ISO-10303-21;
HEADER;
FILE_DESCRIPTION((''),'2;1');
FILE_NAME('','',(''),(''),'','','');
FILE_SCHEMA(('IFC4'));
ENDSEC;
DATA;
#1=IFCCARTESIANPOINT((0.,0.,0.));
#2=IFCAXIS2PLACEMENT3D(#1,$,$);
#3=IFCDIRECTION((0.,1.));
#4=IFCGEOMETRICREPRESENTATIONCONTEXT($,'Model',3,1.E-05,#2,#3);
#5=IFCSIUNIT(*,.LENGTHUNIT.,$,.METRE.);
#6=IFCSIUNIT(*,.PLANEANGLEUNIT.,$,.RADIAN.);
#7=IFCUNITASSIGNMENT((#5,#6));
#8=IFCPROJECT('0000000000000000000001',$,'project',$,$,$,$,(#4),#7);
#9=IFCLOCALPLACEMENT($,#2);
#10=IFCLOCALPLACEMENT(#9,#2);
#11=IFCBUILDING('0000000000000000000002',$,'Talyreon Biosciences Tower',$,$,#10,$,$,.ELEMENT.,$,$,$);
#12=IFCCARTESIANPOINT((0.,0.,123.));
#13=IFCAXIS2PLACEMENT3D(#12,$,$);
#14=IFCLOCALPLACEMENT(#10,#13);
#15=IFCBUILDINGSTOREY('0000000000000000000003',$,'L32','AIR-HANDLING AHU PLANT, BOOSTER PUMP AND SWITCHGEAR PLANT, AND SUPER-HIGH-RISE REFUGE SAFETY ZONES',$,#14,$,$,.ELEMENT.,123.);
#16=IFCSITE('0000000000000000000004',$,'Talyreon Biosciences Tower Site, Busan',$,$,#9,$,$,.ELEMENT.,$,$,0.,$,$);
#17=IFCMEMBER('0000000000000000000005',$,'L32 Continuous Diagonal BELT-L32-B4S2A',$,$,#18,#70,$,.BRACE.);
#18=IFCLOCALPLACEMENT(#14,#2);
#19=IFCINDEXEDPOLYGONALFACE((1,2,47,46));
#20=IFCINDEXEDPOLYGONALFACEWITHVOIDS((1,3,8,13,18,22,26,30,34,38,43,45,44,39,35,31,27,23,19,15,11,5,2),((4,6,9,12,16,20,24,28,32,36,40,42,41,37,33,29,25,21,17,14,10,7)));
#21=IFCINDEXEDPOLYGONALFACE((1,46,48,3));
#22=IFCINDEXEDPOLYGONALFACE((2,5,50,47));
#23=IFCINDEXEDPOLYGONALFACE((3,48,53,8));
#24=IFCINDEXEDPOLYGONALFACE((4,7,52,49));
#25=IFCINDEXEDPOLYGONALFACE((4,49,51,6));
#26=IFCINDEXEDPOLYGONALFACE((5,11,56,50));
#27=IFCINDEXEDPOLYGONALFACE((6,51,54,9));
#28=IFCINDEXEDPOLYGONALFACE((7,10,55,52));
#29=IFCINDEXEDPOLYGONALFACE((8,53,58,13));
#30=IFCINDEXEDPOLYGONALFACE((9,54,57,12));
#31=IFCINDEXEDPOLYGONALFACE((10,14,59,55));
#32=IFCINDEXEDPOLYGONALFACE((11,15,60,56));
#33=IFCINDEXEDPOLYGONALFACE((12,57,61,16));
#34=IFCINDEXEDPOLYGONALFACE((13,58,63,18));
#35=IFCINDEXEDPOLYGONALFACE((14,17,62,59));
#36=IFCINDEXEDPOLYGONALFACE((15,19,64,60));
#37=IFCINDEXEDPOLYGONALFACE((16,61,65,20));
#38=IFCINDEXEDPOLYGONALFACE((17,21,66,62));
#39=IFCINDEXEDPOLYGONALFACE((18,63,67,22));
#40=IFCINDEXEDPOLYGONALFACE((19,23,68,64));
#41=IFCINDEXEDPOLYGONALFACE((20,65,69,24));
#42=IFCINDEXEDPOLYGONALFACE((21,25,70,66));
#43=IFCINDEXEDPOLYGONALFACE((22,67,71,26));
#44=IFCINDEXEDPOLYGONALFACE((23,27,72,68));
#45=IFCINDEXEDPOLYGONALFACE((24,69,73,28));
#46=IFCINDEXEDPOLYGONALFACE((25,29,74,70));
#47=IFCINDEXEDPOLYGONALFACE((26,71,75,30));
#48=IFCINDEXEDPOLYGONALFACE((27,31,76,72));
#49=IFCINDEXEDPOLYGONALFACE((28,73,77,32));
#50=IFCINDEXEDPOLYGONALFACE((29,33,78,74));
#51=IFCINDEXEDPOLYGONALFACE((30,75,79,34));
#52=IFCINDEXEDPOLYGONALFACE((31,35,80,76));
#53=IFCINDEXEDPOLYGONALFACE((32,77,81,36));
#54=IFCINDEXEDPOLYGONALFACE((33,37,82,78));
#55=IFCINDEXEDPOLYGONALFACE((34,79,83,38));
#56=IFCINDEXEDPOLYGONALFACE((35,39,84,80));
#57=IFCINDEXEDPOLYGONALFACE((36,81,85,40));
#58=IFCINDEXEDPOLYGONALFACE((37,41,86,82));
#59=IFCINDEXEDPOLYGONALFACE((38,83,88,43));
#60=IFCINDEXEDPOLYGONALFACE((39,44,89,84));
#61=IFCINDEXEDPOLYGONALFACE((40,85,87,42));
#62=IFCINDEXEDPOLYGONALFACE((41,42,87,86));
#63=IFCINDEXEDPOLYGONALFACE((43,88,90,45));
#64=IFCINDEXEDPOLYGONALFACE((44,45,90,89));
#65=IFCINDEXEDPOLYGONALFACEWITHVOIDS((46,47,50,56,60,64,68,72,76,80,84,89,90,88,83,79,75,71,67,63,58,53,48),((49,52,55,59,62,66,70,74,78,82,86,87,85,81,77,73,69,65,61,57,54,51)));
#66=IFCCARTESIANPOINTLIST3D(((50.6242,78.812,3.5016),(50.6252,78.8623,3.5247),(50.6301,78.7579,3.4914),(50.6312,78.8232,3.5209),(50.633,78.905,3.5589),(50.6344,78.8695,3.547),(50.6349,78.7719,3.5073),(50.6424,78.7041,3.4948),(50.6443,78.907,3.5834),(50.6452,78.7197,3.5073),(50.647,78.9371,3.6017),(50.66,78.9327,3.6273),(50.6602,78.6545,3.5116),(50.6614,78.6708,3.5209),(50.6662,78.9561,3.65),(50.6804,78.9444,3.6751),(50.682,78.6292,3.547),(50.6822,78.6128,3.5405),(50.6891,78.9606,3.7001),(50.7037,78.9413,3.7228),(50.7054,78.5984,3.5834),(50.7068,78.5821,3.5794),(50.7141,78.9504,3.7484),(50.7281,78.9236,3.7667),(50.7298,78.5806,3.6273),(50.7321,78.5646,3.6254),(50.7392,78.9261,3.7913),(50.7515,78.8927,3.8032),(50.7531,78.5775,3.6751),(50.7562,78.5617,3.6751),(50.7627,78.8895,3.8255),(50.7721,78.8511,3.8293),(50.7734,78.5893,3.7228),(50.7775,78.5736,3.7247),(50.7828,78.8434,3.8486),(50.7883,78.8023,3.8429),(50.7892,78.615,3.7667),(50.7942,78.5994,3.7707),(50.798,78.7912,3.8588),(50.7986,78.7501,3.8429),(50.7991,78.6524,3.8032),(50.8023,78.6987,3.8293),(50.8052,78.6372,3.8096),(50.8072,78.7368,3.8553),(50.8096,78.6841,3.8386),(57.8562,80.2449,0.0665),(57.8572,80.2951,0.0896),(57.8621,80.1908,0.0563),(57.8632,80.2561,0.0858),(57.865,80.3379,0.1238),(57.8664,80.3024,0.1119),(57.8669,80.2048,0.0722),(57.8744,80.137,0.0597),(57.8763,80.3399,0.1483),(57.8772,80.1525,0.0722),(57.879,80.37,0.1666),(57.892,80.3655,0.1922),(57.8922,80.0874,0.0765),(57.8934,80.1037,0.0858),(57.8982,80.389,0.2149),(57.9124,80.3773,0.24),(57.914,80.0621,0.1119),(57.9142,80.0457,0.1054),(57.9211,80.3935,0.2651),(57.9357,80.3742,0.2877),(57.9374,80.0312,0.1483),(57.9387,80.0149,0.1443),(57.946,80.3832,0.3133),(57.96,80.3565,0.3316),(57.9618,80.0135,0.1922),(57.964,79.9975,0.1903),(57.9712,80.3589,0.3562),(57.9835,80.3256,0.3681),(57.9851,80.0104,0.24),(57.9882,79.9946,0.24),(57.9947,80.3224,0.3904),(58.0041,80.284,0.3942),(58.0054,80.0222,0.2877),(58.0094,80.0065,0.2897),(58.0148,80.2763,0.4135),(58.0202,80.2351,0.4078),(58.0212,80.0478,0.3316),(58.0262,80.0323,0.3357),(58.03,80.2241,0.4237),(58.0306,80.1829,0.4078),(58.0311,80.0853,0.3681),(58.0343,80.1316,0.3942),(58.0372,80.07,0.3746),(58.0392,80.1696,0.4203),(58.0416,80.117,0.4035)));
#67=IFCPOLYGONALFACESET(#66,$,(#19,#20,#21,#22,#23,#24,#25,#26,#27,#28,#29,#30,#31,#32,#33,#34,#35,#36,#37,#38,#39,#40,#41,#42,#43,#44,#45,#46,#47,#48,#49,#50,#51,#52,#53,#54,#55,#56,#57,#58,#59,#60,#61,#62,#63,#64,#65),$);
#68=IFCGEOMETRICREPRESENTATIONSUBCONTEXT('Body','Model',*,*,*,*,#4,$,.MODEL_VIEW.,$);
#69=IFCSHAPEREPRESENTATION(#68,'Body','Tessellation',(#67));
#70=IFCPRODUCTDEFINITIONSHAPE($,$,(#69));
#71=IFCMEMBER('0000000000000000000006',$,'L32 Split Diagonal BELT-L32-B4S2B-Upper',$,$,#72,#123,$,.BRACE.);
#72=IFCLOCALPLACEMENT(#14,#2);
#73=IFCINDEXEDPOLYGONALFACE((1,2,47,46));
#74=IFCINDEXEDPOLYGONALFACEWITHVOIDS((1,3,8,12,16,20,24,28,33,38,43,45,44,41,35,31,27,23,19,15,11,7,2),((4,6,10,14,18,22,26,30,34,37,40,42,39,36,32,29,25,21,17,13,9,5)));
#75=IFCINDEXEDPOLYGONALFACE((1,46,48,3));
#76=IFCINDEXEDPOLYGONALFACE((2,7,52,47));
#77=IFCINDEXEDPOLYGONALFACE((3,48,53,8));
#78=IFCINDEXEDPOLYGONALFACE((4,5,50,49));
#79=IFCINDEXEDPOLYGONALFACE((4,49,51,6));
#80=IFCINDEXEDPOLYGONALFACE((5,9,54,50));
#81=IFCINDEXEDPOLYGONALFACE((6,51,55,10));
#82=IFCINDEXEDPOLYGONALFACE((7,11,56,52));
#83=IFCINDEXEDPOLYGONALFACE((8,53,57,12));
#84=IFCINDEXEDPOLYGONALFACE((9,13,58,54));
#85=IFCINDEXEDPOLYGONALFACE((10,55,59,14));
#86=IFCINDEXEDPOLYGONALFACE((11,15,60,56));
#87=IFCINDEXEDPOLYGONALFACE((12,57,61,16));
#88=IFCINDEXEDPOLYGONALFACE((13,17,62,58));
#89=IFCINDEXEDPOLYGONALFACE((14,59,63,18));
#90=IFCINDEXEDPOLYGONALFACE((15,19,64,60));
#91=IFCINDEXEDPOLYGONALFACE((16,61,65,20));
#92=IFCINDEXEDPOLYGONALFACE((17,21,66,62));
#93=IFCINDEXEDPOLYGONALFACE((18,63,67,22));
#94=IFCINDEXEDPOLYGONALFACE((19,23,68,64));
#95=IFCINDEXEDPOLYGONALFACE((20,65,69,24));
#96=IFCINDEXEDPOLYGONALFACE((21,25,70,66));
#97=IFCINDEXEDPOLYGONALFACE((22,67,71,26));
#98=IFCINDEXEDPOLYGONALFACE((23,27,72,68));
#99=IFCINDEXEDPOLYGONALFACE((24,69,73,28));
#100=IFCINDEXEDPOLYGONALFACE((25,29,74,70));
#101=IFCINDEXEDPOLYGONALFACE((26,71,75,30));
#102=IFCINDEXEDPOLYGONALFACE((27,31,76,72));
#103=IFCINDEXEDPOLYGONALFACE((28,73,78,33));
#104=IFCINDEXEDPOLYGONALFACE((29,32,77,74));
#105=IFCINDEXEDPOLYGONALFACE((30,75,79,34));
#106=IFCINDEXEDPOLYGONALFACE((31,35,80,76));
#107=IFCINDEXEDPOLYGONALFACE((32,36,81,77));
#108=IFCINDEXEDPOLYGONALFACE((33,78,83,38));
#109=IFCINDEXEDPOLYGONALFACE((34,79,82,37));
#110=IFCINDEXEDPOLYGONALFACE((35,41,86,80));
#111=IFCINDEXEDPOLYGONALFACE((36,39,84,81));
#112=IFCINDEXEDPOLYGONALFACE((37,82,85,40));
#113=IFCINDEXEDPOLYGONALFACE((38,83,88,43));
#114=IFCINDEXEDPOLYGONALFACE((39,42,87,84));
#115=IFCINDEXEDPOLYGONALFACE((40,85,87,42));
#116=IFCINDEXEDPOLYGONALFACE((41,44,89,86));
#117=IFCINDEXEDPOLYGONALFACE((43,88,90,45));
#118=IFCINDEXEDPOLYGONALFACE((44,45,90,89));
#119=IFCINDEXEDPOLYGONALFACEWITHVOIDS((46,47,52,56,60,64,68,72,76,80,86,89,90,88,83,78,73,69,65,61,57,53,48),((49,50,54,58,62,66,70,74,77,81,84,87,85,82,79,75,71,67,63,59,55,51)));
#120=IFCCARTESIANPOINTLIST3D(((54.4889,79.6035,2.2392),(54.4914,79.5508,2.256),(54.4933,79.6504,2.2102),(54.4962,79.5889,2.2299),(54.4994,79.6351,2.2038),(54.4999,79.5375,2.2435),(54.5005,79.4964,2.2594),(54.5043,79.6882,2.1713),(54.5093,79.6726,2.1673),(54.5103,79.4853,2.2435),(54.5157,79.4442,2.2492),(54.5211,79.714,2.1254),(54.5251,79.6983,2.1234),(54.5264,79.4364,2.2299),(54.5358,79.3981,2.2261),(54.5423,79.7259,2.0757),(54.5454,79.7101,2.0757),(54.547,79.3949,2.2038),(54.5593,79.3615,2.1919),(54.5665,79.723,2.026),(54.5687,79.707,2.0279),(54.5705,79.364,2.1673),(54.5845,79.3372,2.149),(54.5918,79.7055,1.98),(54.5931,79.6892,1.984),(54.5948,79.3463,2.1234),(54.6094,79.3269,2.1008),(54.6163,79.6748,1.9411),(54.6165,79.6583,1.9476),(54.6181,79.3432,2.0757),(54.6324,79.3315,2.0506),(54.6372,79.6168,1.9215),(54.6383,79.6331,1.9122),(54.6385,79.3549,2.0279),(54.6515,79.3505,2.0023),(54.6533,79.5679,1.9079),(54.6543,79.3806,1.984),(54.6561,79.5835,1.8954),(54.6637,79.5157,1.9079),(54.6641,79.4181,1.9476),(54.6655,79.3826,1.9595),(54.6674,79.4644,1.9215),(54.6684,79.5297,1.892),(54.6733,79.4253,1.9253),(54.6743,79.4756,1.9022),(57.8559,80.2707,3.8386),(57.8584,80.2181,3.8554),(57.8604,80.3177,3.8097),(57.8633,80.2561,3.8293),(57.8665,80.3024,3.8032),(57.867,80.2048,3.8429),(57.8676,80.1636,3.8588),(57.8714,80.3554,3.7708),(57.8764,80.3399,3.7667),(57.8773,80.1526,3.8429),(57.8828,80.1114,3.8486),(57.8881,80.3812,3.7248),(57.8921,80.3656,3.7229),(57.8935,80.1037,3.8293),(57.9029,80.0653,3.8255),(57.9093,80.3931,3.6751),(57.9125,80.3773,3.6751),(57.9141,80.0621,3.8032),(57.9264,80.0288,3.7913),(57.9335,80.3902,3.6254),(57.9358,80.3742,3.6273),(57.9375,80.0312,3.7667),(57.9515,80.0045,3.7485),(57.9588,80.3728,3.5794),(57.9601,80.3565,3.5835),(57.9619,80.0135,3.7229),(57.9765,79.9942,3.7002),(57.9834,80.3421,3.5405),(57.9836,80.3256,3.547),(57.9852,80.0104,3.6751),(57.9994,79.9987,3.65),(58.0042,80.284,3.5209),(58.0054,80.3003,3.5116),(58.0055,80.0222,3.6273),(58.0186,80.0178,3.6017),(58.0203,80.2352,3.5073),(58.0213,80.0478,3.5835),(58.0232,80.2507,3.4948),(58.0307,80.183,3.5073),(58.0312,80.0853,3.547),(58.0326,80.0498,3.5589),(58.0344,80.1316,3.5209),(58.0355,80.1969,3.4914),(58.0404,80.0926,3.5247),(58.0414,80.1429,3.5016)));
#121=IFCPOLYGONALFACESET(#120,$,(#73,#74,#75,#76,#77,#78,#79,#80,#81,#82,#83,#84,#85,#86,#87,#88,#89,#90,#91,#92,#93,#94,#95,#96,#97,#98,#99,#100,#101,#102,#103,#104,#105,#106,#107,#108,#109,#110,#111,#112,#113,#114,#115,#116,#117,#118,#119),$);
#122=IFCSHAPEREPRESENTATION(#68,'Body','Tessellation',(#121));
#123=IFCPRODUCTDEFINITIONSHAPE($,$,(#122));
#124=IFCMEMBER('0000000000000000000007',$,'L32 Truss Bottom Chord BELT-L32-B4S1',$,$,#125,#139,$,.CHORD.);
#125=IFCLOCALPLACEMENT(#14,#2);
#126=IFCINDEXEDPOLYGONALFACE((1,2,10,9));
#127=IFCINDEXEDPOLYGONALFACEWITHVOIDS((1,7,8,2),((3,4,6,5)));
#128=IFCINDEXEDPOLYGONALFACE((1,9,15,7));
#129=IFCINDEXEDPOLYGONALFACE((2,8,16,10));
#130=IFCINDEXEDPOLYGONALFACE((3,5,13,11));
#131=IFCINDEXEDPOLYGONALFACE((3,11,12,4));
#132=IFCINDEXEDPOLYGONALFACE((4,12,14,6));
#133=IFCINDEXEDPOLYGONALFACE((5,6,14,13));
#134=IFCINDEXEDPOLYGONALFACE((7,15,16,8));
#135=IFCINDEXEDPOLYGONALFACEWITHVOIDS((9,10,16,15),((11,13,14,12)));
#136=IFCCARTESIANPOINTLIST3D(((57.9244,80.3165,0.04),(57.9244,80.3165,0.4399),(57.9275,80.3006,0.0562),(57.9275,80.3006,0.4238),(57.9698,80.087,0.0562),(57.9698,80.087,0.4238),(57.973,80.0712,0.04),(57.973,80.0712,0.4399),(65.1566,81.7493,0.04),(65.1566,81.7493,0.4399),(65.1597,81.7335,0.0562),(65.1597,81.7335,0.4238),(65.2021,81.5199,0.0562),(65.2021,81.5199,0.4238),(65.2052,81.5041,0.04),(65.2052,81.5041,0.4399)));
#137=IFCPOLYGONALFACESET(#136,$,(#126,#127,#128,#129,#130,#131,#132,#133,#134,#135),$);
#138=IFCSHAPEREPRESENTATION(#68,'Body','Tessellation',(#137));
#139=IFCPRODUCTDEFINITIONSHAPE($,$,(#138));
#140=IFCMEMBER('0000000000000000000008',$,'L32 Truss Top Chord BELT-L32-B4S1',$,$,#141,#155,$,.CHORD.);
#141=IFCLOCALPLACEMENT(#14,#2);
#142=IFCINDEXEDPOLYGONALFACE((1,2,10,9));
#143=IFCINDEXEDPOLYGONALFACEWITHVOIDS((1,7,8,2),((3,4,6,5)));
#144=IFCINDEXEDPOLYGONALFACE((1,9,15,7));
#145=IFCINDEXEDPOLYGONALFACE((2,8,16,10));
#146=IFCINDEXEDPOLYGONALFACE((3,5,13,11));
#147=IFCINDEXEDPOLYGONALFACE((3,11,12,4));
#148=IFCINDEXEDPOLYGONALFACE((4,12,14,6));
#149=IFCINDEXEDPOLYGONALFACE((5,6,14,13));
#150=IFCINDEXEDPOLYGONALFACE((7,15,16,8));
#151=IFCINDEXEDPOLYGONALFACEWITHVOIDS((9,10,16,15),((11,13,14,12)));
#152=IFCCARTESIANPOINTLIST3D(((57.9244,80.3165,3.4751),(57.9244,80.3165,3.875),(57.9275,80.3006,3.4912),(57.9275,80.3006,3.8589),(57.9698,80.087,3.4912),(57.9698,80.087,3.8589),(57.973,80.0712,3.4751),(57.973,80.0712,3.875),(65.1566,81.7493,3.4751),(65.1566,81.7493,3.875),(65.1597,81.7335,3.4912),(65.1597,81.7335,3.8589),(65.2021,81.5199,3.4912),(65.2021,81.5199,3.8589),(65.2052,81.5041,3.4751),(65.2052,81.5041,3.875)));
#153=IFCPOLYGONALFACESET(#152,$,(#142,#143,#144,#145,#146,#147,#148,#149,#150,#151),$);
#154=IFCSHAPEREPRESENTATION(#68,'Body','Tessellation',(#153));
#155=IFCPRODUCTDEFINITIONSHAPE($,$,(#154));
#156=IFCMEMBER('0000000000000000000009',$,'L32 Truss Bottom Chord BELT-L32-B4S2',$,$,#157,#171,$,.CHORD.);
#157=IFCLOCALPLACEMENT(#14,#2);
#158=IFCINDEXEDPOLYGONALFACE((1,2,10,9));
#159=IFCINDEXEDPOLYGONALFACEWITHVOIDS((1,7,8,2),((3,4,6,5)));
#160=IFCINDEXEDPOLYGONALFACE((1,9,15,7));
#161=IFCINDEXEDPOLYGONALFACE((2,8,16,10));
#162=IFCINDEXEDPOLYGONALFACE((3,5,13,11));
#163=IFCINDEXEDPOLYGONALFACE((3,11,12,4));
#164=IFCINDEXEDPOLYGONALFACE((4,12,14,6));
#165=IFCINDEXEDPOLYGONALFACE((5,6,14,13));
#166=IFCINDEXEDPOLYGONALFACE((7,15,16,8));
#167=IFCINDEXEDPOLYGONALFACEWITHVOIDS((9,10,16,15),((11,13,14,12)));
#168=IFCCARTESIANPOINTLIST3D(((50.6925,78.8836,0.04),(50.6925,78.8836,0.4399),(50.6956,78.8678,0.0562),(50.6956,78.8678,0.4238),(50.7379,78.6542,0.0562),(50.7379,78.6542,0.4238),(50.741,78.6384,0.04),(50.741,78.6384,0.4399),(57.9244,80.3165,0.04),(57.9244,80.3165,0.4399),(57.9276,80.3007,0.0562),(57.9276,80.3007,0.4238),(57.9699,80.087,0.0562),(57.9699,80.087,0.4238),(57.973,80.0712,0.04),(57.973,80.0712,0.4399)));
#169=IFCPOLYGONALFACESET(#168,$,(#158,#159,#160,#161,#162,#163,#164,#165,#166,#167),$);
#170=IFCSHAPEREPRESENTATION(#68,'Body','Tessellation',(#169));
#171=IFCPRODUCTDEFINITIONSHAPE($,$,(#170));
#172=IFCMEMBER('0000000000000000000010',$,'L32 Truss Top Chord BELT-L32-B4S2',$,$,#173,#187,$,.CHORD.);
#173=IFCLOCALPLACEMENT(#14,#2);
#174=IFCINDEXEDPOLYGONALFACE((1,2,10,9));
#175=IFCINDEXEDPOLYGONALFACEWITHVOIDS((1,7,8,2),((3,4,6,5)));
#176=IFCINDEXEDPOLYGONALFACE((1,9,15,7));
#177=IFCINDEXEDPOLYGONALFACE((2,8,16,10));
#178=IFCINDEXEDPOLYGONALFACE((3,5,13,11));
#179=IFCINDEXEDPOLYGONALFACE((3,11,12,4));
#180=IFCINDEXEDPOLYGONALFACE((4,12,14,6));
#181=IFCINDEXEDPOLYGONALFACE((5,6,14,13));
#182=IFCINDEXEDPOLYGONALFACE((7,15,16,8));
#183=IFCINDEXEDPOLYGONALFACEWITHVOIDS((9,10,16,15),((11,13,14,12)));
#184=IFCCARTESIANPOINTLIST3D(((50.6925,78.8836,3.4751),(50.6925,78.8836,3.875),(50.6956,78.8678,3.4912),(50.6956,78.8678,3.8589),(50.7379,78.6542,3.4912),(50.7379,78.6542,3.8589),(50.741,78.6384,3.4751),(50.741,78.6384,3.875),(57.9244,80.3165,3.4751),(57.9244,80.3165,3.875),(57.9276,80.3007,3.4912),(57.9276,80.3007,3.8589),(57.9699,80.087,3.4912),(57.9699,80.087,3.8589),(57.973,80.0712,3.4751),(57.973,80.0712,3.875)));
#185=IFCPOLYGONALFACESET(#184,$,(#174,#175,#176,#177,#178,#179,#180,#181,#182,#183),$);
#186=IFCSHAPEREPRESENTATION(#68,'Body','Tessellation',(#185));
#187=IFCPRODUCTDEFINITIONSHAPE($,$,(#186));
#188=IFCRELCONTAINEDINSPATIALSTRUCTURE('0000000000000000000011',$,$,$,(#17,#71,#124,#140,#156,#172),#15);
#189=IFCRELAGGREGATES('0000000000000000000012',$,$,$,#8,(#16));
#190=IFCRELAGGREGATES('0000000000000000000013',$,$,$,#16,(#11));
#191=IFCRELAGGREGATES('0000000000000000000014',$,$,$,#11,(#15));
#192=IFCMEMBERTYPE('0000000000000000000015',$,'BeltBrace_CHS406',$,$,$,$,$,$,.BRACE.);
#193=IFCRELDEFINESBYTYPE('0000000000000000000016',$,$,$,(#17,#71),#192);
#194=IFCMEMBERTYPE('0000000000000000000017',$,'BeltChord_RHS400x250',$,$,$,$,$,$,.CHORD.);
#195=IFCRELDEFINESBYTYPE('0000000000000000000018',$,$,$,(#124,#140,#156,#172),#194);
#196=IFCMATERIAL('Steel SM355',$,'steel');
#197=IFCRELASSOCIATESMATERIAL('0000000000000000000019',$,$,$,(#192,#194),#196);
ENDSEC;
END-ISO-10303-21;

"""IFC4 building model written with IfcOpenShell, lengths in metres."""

from ifc_helpers import new_model, si_unit, direction, frame, origin, origin_2d, place, context, subcontext, project, spatial, hollow_rectangle, hollow_circle, extrude, material, material_profile, profile_set, type_object, element, save


model = new_model("IFC4")

# Units and contexts
model_context = context("Model", 3, precision=1e-05, world=origin(), true_north=direction((0.0, 1.0)))
body_context = subcontext(model_context, "Body", "Model", "MODEL_VIEW")
ifc_project = project(units=[si_unit("LENGTHUNIT", "METRE"), si_unit("PLANEANGLEUNIT", "RADIAN")], contexts=[model_context])

# Site, building, storey
site_placement = place(None, origin())
site = spatial("IfcSite", under=ifc_project, at=site_placement, Name="Talyreon Biosciences Tower Site, Busan", CompositionType="ELEMENT", RefElevation=0.0)
building_placement = place(site_placement, origin())
building = spatial("IfcBuilding", under=site, at=building_placement, Name="Talyreon Biosciences Tower", CompositionType="ELEMENT")
storey_placement = place(building_placement, frame((0.0, 0.0, 123.0)))
storey = spatial("IfcBuildingStorey", under=building, at=storey_placement, Name="L32", Description="AIR-HANDLING AHU PLANT, BOOSTER PUMP AND SWITCHGEAR PLANT, AND SUPER-HIGH-RISE REFUGE SAFETY ZONES", CompositionType="ELEMENT", Elevation=123.0)

# Members
ifc_material_1 = material(Name="Steel SM355", Category="steel")
ifc_material_profile_1 = material_profile(ifc_material_1, hollow_circle(Radius=0.2031, WallThickness=0.0161, at=origin_2d()), Name="CHS 406.4x16")
ifc_profile_set_1 = profile_set([ifc_material_profile_1], Name="Steel SM355")
member_type_1 = type_object("IfcMemberType", Name="BeltBrace_CHS406", PredefinedType="BRACE", material=ifc_profile_set_1)
member_1_placement = place(storey_placement, frame((57.9487, 80.1938, 0.24), z_axis=(-0.889156, -0.176168, 0.422335), x_axis=(0.194352, -0.980932, 0.0)))
element("IfcMember", 1, at=member_1_placement, inside=storey, type_object=member_type_1, Name="L32 Continuous Diagonal BELT-L32-B4S2A", PredefinedType="BRACE", context=body_context, shape_type="SweptSolid", body=[
    extrude(hollow_circle(Radius=0.2031, WallThickness=0.0161, at=origin_2d()), origin(), (0.0, 0.0, 1.0), 8.1335),
])
member_2_placement = place(storey_placement, frame((54.5818, 79.5266, 2.0757), z_axis=(0.889138, 0.176203, 0.422358), x_axis=(-0.194392, 0.980924, 0.0)))
element("IfcMember", 2, at=member_2_placement, inside=storey, type_object=member_type_1, Name="L32 Split Diagonal BELT-L32-B4S2B-Upper", PredefinedType="BRACE", context=body_context, shape_type="SweptSolid", body=[
    extrude(hollow_circle(Radius=0.2031, WallThickness=0.0161, at=origin_2d()), origin(), (0.0, 0.0, 1.0), 3.7869),
])
ifc_material_profile_2 = material_profile(ifc_material_1, hollow_rectangle(XDim=0.25, YDim=0.3999, WallThickness=0.0161, at=origin_2d()), Name="RHS 400x250x16")
ifc_profile_set_2 = profile_set([ifc_material_profile_2], Name="Steel SM355")
member_type_2 = type_object("IfcMemberType", Name="BeltChord_RHS400x250", PredefinedType="CHORD", material=ifc_profile_set_2)
for number, where, z_axis, x_axis, name in (
    (3, (65.1809, 81.6267, 0.24), (-0.980933, -0.194345, 0.0), (0.194345, -0.980933, 0.0), "L32 Truss Bottom Chord BELT-L32-B4S1"),
    (4, (65.1809, 81.6267, 3.675), (-0.980933, -0.194345, 0.0), (0.194345, -0.980933, 0.0), "L32 Truss Top Chord BELT-L32-B4S1"),
):
    element("IfcMember", number, at=place(storey_placement, frame(where, z_axis=z_axis, x_axis=x_axis)), inside=storey, type_object=member_type_2, Name=name, PredefinedType="CHORD", context=body_context, shape_type="SweptSolid", body=[
        extrude(hollow_rectangle(XDim=0.25, YDim=0.3999, WallThickness=0.0161, at=origin_2d()), origin(), (0.0, 0.0, 1.0), 7.3728),
    ])
for number, where, z_axis, x_axis, name in (
    (5, (57.9487, 80.1938, 0.24), (-0.980932, -0.194352, 0.0), (0.194352, -0.980932, 0.0), "L32 Truss Bottom Chord BELT-L32-B4S2"),
    (6, (57.9487, 80.1938, 3.675), (-0.980932, -0.194352, 0.0), (0.194352, -0.980932, 0.0), "L32 Truss Top Chord BELT-L32-B4S2"),
):
    element("IfcMember", number, at=place(storey_placement, frame(where, z_axis=z_axis, x_axis=x_axis)), inside=storey, type_object=member_type_2, Name=name, PredefinedType="CHORD", context=body_context, shape_type="SweptSolid", body=[
        extrude(hollow_rectangle(XDim=0.25, YDim=0.3999, WallThickness=0.0161, at=origin_2d()), origin(), (0.0, 0.0, 1.0), 7.3726),
    ])

save(model, "model.ifc")
